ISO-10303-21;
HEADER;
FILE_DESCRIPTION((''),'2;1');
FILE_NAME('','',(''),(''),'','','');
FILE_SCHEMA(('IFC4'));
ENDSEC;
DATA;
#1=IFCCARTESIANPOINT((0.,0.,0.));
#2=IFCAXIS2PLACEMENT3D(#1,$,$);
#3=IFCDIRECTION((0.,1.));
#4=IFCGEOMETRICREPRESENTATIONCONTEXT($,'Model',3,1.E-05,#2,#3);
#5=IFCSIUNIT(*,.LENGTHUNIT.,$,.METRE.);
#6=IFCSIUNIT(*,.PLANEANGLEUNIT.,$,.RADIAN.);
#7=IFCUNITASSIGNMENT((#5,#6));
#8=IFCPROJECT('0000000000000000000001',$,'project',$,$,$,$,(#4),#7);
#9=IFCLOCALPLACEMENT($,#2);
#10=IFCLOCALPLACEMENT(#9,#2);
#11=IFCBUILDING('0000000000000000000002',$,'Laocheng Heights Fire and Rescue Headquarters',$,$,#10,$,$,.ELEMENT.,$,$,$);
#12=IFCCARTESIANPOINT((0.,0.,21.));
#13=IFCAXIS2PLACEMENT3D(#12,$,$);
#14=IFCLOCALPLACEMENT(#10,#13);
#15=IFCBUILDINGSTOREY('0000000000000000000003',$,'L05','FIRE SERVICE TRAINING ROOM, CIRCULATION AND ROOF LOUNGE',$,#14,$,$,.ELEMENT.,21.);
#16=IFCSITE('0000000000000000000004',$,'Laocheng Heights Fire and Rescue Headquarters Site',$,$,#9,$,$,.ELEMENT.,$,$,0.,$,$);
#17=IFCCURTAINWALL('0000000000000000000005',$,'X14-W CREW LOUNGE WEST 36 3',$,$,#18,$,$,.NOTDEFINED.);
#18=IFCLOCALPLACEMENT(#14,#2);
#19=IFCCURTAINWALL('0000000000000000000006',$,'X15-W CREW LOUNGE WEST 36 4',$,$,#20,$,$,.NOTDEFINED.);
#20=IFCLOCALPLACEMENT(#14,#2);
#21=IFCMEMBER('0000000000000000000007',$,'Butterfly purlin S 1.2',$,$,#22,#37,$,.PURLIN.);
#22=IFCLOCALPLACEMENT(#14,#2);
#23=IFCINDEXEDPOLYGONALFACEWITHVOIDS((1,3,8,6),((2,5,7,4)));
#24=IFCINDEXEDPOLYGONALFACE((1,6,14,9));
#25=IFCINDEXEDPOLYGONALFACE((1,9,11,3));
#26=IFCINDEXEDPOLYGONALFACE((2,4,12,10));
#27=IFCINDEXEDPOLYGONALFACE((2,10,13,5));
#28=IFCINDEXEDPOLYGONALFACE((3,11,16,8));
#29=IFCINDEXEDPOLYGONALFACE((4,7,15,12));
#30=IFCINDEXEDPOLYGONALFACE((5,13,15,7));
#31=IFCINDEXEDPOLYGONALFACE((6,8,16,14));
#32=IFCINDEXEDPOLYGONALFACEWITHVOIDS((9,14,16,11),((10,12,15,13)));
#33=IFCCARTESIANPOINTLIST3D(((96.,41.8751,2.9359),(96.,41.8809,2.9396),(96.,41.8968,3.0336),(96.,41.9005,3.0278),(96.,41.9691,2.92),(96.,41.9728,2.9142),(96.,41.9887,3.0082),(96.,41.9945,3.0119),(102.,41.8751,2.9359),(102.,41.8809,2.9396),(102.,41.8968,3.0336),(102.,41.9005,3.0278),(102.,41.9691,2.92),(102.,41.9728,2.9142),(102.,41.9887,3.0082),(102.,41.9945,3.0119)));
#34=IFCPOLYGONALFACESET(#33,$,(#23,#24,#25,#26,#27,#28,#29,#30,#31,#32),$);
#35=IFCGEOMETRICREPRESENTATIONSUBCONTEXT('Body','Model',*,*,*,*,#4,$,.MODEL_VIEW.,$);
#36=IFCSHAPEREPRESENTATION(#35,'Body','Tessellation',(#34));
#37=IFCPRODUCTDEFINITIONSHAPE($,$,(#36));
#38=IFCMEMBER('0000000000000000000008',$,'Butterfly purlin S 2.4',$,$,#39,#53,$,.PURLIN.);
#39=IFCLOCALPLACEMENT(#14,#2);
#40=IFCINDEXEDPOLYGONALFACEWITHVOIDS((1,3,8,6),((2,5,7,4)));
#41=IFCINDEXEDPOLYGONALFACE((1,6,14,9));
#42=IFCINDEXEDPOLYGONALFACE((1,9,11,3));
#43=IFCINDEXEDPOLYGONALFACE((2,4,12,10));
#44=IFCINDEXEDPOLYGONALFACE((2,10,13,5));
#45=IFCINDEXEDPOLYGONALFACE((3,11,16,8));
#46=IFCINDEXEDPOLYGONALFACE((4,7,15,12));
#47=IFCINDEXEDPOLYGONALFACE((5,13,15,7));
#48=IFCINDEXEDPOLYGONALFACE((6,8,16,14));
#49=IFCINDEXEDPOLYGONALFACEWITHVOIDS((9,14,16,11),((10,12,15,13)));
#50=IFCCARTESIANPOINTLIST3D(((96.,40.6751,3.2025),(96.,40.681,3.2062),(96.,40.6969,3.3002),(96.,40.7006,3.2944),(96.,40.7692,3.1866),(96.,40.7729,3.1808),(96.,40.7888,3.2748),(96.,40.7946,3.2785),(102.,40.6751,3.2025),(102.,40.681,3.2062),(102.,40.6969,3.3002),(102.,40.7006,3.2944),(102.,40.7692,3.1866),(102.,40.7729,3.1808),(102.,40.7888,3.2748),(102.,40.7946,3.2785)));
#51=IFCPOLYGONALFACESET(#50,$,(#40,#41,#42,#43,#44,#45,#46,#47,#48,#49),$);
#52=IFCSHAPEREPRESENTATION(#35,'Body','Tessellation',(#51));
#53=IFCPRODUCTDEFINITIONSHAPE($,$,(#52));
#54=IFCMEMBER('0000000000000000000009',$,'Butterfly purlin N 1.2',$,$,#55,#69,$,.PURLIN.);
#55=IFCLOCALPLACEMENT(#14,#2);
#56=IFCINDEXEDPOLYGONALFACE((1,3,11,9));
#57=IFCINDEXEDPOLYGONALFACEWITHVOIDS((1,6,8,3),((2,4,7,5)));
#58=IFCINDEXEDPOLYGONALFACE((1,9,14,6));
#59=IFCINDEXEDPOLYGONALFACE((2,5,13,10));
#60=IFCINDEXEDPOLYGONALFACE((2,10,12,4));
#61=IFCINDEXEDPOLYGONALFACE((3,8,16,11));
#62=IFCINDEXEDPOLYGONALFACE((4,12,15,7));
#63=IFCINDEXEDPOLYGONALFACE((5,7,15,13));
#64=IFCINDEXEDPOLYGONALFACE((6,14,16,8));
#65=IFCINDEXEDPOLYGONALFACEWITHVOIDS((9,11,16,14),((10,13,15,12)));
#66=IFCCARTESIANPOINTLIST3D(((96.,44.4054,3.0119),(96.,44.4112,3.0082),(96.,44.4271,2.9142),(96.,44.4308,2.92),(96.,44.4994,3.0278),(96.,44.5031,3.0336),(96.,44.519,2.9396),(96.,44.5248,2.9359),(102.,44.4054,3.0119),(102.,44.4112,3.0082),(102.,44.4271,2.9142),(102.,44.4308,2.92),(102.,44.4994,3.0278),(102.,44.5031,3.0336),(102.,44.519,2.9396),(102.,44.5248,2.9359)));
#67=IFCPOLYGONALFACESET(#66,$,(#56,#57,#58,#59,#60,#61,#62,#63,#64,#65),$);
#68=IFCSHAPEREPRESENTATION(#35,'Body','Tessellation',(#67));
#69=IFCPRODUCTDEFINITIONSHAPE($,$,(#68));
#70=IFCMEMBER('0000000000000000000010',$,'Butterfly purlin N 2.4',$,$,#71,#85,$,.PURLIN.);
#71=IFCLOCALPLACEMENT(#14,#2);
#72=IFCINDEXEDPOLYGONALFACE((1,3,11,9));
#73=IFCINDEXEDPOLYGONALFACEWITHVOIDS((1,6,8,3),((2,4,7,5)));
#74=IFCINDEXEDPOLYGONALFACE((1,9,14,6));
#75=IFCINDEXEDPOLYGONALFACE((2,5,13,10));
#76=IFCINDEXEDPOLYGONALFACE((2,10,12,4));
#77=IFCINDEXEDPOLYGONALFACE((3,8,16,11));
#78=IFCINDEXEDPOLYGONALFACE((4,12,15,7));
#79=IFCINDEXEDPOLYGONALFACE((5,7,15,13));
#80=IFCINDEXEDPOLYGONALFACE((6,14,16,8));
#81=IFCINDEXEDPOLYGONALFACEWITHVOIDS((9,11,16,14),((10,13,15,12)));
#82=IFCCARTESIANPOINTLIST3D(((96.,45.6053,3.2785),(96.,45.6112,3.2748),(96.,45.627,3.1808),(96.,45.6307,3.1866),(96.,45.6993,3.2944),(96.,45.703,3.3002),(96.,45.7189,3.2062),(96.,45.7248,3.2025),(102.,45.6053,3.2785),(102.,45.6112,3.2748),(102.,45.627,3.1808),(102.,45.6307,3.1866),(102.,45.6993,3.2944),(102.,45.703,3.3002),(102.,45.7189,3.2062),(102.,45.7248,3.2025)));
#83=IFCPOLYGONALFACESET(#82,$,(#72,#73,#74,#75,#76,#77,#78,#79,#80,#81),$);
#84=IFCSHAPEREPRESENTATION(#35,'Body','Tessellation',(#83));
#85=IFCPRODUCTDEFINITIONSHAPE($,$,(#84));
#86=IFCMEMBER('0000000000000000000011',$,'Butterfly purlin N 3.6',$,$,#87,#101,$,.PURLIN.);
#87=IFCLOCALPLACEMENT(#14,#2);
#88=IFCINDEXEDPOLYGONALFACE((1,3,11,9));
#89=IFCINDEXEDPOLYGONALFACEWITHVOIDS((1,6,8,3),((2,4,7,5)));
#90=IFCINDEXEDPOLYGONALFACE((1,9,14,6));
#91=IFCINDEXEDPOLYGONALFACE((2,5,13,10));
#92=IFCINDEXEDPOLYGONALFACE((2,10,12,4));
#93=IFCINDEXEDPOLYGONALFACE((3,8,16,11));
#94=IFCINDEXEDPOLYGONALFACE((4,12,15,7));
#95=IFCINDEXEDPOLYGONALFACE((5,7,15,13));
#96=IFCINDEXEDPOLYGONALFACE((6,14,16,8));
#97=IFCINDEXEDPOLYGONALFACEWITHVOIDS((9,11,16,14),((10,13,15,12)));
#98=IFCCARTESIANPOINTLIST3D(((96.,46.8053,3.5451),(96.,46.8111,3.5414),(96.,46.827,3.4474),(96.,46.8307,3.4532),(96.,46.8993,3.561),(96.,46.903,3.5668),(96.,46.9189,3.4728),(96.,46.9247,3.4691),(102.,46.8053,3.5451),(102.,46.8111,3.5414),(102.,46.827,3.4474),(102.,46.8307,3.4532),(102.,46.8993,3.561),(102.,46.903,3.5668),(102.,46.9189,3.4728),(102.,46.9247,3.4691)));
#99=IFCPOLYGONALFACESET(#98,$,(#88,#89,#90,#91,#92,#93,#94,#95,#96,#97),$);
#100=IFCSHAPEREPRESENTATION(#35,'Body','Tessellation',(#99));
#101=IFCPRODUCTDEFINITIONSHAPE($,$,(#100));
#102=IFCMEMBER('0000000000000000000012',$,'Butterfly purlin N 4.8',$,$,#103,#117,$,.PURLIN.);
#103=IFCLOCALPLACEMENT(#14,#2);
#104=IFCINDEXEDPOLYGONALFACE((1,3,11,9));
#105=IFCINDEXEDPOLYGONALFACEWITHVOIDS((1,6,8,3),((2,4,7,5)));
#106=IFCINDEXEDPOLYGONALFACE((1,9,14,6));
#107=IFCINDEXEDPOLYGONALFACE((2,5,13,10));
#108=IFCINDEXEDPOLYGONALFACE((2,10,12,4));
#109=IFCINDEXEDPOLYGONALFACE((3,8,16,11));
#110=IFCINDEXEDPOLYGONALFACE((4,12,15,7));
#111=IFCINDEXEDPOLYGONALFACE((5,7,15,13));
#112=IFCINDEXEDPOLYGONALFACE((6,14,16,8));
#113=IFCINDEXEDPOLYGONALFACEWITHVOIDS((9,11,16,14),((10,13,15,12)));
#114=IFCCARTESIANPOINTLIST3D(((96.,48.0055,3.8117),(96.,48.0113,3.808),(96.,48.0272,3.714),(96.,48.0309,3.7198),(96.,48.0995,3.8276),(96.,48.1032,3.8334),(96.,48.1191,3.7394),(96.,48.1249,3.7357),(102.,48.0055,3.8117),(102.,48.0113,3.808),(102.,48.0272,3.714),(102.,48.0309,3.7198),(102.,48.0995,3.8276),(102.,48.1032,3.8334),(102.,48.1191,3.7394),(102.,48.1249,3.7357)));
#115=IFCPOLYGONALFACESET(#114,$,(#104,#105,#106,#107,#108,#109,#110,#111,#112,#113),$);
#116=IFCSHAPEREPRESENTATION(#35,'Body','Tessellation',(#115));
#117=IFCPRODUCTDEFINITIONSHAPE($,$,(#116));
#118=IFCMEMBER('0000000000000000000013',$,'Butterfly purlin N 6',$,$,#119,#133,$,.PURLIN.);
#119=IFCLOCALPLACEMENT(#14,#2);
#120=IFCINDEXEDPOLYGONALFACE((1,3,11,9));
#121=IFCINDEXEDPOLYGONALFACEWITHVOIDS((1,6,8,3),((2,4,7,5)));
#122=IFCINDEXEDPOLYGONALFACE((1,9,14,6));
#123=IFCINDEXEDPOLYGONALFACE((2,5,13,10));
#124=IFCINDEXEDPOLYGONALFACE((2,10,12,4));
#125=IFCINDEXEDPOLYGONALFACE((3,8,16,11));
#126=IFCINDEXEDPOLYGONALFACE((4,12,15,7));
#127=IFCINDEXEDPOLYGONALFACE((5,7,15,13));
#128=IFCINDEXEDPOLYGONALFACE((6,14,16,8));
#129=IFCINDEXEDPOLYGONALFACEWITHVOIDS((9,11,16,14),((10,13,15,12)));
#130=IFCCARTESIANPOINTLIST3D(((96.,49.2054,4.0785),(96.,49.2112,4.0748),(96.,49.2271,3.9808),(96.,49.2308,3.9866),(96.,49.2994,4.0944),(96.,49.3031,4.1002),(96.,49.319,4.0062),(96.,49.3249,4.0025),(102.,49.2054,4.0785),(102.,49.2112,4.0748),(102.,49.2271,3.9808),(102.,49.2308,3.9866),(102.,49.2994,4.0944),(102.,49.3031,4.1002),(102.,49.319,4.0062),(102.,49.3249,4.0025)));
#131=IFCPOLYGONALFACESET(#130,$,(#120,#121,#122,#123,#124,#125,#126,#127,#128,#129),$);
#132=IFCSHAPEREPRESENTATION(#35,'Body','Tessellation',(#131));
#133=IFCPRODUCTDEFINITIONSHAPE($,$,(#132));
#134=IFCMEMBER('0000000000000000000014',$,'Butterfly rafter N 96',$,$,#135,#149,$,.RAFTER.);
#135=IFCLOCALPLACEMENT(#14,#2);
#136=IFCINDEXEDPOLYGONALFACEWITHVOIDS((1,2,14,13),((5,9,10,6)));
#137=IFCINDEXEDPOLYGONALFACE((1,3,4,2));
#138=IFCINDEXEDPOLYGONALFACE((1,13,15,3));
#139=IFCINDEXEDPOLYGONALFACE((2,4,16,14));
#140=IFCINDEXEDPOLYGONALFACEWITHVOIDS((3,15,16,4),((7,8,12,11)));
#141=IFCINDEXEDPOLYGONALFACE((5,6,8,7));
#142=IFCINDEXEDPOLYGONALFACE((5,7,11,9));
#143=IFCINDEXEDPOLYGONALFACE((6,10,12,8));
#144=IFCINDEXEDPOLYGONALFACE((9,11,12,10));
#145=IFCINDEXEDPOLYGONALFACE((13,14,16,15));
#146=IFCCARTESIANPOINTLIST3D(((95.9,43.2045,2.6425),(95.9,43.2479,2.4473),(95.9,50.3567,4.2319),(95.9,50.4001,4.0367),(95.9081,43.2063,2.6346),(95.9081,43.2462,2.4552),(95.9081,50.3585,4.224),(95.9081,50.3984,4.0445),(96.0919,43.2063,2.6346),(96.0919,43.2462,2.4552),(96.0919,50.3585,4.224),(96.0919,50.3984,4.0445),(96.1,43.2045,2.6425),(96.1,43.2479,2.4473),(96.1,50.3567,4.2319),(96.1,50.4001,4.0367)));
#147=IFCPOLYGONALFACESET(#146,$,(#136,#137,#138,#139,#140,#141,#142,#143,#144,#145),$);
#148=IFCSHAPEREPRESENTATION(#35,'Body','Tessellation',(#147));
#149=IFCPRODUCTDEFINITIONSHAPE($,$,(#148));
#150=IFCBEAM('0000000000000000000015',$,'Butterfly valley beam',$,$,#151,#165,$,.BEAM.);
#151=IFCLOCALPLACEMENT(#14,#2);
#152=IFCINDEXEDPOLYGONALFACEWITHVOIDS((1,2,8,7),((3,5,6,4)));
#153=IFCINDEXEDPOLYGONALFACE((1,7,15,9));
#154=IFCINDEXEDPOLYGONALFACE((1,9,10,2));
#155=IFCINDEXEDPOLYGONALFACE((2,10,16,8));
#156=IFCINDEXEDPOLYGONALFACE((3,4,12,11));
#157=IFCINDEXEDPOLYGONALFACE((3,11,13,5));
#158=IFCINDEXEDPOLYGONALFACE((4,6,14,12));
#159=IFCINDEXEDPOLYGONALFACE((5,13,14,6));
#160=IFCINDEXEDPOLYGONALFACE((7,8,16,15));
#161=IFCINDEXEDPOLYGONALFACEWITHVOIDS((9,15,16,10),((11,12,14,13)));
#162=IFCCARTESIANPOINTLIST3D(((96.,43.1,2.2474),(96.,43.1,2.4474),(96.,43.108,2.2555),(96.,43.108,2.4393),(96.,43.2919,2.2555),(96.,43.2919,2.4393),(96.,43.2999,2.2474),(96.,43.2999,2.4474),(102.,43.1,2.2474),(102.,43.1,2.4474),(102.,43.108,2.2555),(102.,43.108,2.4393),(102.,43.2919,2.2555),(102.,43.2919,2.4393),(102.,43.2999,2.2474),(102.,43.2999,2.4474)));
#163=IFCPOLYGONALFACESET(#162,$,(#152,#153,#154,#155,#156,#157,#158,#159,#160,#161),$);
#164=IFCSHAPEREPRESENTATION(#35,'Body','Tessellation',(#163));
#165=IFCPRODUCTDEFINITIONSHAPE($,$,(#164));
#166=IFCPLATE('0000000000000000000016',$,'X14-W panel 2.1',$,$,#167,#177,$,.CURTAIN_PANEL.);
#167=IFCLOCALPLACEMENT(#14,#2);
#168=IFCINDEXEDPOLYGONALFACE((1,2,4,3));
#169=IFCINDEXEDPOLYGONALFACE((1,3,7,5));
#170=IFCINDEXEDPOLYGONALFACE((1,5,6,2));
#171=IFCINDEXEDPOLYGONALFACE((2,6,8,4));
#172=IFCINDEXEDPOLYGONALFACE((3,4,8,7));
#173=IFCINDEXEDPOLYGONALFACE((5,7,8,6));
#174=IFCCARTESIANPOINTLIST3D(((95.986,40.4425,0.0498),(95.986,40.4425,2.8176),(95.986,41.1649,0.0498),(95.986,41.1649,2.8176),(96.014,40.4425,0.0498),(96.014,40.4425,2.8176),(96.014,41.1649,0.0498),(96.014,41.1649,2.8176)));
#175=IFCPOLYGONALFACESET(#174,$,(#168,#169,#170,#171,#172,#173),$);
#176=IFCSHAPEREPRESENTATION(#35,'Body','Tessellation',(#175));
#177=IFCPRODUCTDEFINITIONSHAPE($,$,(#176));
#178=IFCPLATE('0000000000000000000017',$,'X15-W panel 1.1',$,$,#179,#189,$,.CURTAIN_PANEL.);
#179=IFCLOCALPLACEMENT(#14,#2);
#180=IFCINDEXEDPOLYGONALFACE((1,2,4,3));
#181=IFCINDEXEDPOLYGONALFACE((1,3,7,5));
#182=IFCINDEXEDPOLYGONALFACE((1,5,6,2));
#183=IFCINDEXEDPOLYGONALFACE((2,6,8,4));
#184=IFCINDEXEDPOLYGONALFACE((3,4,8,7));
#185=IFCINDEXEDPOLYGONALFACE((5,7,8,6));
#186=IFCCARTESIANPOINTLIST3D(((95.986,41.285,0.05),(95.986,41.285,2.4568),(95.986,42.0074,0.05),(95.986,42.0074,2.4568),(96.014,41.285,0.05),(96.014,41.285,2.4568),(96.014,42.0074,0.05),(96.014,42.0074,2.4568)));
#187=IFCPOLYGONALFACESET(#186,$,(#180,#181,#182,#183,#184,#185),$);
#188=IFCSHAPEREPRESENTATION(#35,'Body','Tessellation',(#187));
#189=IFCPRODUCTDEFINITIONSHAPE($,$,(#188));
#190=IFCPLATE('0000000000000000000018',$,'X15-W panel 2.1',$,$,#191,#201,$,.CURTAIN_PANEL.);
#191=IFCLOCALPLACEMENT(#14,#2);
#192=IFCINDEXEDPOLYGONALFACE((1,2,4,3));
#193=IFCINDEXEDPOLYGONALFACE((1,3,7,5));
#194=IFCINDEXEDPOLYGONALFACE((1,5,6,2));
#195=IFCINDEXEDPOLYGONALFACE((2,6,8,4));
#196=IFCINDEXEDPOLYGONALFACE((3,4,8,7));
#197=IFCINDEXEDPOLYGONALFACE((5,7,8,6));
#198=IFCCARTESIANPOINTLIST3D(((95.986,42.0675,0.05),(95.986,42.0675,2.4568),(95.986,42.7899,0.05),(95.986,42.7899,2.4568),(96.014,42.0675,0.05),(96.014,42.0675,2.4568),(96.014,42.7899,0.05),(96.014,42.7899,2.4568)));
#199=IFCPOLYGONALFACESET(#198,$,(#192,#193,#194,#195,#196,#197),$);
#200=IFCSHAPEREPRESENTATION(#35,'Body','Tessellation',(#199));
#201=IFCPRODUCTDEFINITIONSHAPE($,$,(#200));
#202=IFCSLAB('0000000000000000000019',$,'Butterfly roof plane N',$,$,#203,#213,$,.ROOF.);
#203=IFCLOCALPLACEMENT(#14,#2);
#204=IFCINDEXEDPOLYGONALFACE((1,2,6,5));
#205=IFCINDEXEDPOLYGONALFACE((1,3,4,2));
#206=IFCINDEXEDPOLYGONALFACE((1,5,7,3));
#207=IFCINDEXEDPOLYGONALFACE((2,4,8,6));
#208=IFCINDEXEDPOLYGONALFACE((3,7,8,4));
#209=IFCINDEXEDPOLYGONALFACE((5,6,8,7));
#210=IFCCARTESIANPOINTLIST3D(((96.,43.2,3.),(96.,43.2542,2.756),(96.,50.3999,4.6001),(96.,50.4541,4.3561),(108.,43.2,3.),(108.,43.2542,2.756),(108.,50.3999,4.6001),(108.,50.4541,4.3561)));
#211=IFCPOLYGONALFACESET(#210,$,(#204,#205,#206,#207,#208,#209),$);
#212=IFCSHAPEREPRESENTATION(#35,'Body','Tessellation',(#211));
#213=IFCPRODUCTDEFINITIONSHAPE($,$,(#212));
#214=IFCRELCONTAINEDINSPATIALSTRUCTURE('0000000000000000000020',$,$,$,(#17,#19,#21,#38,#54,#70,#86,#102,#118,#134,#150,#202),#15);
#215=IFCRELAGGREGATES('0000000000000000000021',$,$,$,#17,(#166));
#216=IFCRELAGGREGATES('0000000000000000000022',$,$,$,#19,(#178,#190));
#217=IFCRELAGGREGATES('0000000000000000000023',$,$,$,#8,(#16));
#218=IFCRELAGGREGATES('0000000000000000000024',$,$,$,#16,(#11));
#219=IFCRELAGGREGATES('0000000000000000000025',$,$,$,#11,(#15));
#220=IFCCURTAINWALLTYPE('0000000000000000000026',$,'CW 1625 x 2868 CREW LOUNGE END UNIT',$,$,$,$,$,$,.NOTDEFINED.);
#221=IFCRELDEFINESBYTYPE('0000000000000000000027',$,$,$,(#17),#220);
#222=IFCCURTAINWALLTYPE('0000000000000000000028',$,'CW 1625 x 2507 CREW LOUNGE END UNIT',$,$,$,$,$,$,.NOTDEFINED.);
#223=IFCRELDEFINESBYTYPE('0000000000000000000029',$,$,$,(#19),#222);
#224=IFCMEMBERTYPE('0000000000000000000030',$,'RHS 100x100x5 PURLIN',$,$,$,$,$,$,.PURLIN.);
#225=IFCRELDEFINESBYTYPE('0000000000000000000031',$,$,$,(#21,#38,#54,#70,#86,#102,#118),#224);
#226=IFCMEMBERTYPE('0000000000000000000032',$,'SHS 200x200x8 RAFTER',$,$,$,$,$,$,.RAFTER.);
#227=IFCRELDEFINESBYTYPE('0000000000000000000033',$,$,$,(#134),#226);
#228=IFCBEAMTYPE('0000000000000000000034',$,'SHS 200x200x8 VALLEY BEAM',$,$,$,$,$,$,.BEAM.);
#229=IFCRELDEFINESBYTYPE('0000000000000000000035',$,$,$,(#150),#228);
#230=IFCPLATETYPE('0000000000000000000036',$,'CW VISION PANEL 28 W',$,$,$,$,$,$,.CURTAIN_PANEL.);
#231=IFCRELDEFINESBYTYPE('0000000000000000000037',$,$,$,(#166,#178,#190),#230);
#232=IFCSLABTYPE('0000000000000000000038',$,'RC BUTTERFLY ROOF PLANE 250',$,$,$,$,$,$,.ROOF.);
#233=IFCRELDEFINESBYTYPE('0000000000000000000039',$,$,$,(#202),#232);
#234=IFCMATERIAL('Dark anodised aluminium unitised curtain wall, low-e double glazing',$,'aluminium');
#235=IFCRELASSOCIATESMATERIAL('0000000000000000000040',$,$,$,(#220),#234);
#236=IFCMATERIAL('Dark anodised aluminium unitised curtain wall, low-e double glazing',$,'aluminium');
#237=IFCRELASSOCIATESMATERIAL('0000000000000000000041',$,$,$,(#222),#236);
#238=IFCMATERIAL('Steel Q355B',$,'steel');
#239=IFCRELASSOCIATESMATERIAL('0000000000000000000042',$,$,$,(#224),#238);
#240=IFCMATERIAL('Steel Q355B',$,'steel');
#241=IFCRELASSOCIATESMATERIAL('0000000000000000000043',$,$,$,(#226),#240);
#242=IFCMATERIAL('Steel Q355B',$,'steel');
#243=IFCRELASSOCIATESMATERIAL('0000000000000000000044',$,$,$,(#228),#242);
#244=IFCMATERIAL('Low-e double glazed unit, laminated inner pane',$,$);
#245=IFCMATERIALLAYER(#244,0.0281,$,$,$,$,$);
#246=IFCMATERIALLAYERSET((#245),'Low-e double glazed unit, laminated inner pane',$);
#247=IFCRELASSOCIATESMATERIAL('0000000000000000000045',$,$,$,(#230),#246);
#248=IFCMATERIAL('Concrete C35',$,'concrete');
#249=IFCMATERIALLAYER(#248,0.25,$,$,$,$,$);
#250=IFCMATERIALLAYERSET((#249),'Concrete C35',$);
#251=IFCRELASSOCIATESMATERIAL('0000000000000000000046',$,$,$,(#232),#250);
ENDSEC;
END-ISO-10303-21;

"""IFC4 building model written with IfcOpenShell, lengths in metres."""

from ifc_helpers import new_model, si_unit, direction, frame, origin, origin_2d, place, context, subcontext, project, spatial, polyline, rectangle, hollow_rectangle, outline, extrude, material, layer, layer_set, material_profile, profile_set, type_object, element, aggregate, save


model = new_model("IFC4")

# Units and contexts
model_context = context("Model", 3, precision=1e-05, world=origin(), true_north=direction((0.0, 1.0)))
body_context = subcontext(model_context, "Body", "Model", "MODEL_VIEW")
ifc_project = project(units=[si_unit("LENGTHUNIT", "METRE"), si_unit("PLANEANGLEUNIT", "RADIAN")], contexts=[model_context])

# Site, building, storey
site_placement = place(None, origin())
site = spatial("IfcSite", under=ifc_project, at=site_placement, Name="Laocheng Heights Fire and Rescue Headquarters Site", CompositionType="ELEMENT", RefElevation=0.0)
building_placement = place(site_placement, origin())
building = spatial("IfcBuilding", under=site, at=building_placement, Name="Laocheng Heights Fire and Rescue Headquarters", CompositionType="ELEMENT")
storey_placement = place(building_placement, frame((0.0, 0.0, 21.0)))
storey = spatial("IfcBuildingStorey", under=building, at=storey_placement, Name="L05", Description="FIRE SERVICE TRAINING ROOM, CIRCULATION AND ROOF LOUNGE", CompositionType="ELEMENT", Elevation=21.0)

# Curtain wall
ifc_material_1 = material(Name="Dark anodised aluminium unitised curtain wall, low-e double glazing", Category="aluminium")
curtain_wall_type_1 = type_object("IfcCurtainWallType", Name="CW 1625 x 2868 CREW LOUNGE END UNIT", PredefinedType="NOTDEFINED", material=ifc_material_1)
curtain_wall_1_placement = place(storey_placement, origin())
curtain_wall_1 = element("IfcCurtainWall", 1, at=curtain_wall_1_placement, inside=storey, type_object=curtain_wall_type_1, Name="X14-W CREW LOUNGE WEST 36 3", PredefinedType="NOTDEFINED")

# Curtain wall
ifc_material_2 = material(Name="Dark anodised aluminium unitised curtain wall, low-e double glazing", Category="aluminium")
curtain_wall_type_2 = type_object("IfcCurtainWallType", Name="CW 1625 x 2507 CREW LOUNGE END UNIT", PredefinedType="NOTDEFINED", material=ifc_material_2)
curtain_wall_2_placement = place(storey_placement, origin())
curtain_wall_2 = element("IfcCurtainWall", 2, at=curtain_wall_2_placement, inside=storey, type_object=curtain_wall_type_2, Name="X15-W CREW LOUNGE WEST 36 4", PredefinedType="NOTDEFINED")

# Members
ifc_material_3 = material(Name="Steel Q355B", Category="steel")
ifc_material_profile_1 = material_profile(ifc_material_3, hollow_rectangle(XDim=0.1001, YDim=0.1001, WallThickness=0.0049, at=origin_2d()), Name="RHS 100x100x5")
ifc_profile_set_1 = profile_set([ifc_material_profile_1], Name="Steel Q355B")
member_type_1 = type_object("IfcMemberType", Name="RHS 100x100x5 PURLIN", PredefinedType="PURLIN", material=ifc_profile_set_1)
for number, where, z_axis, x_axis, name in (
    (3, (96.0, 41.9348, 2.9739), (1.0, 0.0, 0.0), (0.0, 0.976187, -0.21693), "Butterfly purlin S 1.2"),
    (4, (96.0, 40.7349, 3.2405), (1.0, 0.0, 0.0), (0.0, 0.976187, -0.21693), "Butterfly purlin S 2.4"),
    (5, (96.0, 44.4651, 2.9739), (1.0, 0.0, 0.0), (0.0, 0.976187, 0.21693), "Butterfly purlin N 1.2"),
    (6, (96.0, 45.665, 3.2405), (1.0, 0.0, 0.0), (0.0, 0.976187, 0.21693), "Butterfly purlin N 2.4"),
    (7, (96.0, 46.865, 3.5071), (1.0, 0.0, 0.0), (0.0, 0.976187, 0.21693), "Butterfly purlin N 3.6"),
    (8, (96.0, 48.0652, 3.7737), (1.0, 0.0, 0.0), (0.0, 0.976187, 0.21693), "Butterfly purlin N 4.8"),
    (9, (96.0, 49.2651, 4.0405), (1.0, 0.0, 0.0), (0.0, 0.976187, 0.21693), "Butterfly purlin N 6"),
):
    element("IfcMember", number, at=place(storey_placement, frame(where, z_axis=z_axis, x_axis=x_axis)), inside=storey, type_object=member_type_1, Name=name, PredefinedType="PURLIN", context=body_context, shape_type="SweptSolid", body=[
        extrude(hollow_rectangle(XDim=0.1001, YDim=0.1001, WallThickness=0.0049, at=origin_2d()), origin(), (0.0, 0.0, 1.0), 6.0),
    ])
ifc_material_4 = material(Name="Steel Q355B", Category="steel")
ifc_material_profile_2 = material_profile(ifc_material_4, hollow_rectangle(XDim=0.2, YDim=0.2, WallThickness=0.0081, at=origin_2d()), Name="SHS 200x200x8")
ifc_profile_set_2 = profile_set([ifc_material_profile_2], Name="Steel Q355B")
member_type_2 = type_object("IfcMemberType", Name="SHS 200x200x8 RAFTER", PredefinedType="RAFTER", material=ifc_profile_set_2)
member_1_placement = place(storey_placement, frame((96.0, 50.3784, 4.1343), z_axis=(0.0, -0.976187, -0.21693), x_axis=(1.0, 0.0, 0.0)))
element("IfcMember", 10, at=member_1_placement, inside=storey, type_object=member_type_2, Name="Butterfly rafter N 96", PredefinedType="RAFTER", context=body_context, shape_type="SweptSolid", body=[
    extrude(hollow_rectangle(XDim=0.2, YDim=0.2, WallThickness=0.0081, at=origin_2d()), origin(), (0.0, 0.0, 1.0), 7.3267),
])

# Beam
ifc_material_5 = material(Name="Steel Q355B", Category="steel")
ifc_material_profile_3 = material_profile(ifc_material_5, hollow_rectangle(XDim=0.2, YDim=0.2, WallThickness=0.0081, at=origin_2d()), Name="SHS 200x200x8")
ifc_profile_set_3 = profile_set([ifc_material_profile_3], Name="Steel Q355B")
beam_type = type_object("IfcBeamType", Name="SHS 200x200x8 VALLEY BEAM", PredefinedType="BEAM", material=ifc_profile_set_3)
beam_placement = place(storey_placement, frame((96.0, 43.2, 2.3474), z_axis=(1.0, 0.0, 0.0), x_axis=(0.0, 1.0, 0.0)))
element("IfcBeam", 11, at=beam_placement, inside=storey, type_object=beam_type, Name="Butterfly valley beam", PredefinedType="BEAM", context=body_context, shape_type="SweptSolid", body=[
    extrude(hollow_rectangle(XDim=0.2, YDim=0.2, WallThickness=0.0081, at=origin_2d()), origin(), (0.0, 0.0, 1.0), 6.0),
])

# Plates
ifc_material_6 = material(Name="Low-e double glazed unit, laminated inner pane")
ifc_layer_1 = layer(ifc_material_6, 0.0281)
ifc_layer_set_1 = layer_set([ifc_layer_1], Name="Low-e double glazed unit, laminated inner pane")
plate_type = type_object("IfcPlateType", Name="CW VISION PANEL 28 W", PredefinedType="CURTAIN_PANEL", material=ifc_layer_set_1)
plate_1_placement = place(storey_placement, frame((96.0, 40.8037, 0.0498), z_axis=(0.0, 0.0, 1.0), x_axis=(0.0, 1.0, 0.0)))
plate_1 = element("IfcPlate", 12, at=plate_1_placement, type_object=plate_type, Name="X14-W panel 2.1", PredefinedType="CURTAIN_PANEL", context=body_context, shape_type="SweptSolid", body=[
    extrude(rectangle(XDim=0.7224, YDim=0.0281, at=origin_2d()), origin(), (0.0, 0.0, 1.0), 2.7678),
])
aggregate(curtain_wall_1, [plate_1])
plate_2_placement = place(storey_placement, frame((96.0, 41.6462, 0.05), z_axis=(0.0, 0.0, 1.0), x_axis=(0.0, 1.0, 0.0)))
plate_2 = element("IfcPlate", 13, at=plate_2_placement, type_object=plate_type, Name="X15-W panel 1.1", PredefinedType="CURTAIN_PANEL", context=body_context, shape_type="SweptSolid", body=[
    extrude(rectangle(XDim=0.7224, YDim=0.0281, at=origin_2d()), origin(), (0.0, 0.0, 1.0), 2.4067),
])
plate_3_placement = place(storey_placement, frame((96.0, 42.4287, 0.05), z_axis=(0.0, 0.0, 1.0), x_axis=(0.0, 1.0, 0.0)))
plate_3 = element("IfcPlate", 14, at=plate_3_placement, type_object=plate_type, Name="X15-W panel 2.1", PredefinedType="CURTAIN_PANEL", context=body_context, shape_type="SweptSolid", body=[
    extrude(rectangle(XDim=0.7224, YDim=0.0281, at=origin_2d()), origin(), (0.0, 0.0, 1.0), 2.4067),
])
aggregate(curtain_wall_2, [plate_2, plate_3])

# Slab
ifc_material_7 = material(Name="Concrete C35", Category="concrete")
ifc_layer_2 = layer(ifc_material_7, 0.25)
ifc_layer_set_2 = layer_set([ifc_layer_2], Name="Concrete C35")
slab_type = type_object("IfcSlabType", Name="RC BUTTERFLY ROOF PLANE 250", PredefinedType="ROOF", material=ifc_layer_set_2)
slab_placement = place(storey_placement, frame((96.0, 43.2, 3.0), z_axis=(0.0, -0.216944, 0.976184), x_axis=(1.0, 0.0, 0.0)))
element("IfcSlab", 15, at=slab_placement, inside=storey, type_object=slab_type, Name="Butterfly roof plane N", PredefinedType="ROOF", context=body_context, shape_type="SweptSolid", body=[
    extrude(outline(polyline([(0.0, 0.0), (12.0, 0.0), (12.0, 7.3756), (0.0, 7.3756), (0.0, 0.0)])), origin(), (0.0, 0.0, -1.0), 0.25),
])

save(model, "model.ifc")
